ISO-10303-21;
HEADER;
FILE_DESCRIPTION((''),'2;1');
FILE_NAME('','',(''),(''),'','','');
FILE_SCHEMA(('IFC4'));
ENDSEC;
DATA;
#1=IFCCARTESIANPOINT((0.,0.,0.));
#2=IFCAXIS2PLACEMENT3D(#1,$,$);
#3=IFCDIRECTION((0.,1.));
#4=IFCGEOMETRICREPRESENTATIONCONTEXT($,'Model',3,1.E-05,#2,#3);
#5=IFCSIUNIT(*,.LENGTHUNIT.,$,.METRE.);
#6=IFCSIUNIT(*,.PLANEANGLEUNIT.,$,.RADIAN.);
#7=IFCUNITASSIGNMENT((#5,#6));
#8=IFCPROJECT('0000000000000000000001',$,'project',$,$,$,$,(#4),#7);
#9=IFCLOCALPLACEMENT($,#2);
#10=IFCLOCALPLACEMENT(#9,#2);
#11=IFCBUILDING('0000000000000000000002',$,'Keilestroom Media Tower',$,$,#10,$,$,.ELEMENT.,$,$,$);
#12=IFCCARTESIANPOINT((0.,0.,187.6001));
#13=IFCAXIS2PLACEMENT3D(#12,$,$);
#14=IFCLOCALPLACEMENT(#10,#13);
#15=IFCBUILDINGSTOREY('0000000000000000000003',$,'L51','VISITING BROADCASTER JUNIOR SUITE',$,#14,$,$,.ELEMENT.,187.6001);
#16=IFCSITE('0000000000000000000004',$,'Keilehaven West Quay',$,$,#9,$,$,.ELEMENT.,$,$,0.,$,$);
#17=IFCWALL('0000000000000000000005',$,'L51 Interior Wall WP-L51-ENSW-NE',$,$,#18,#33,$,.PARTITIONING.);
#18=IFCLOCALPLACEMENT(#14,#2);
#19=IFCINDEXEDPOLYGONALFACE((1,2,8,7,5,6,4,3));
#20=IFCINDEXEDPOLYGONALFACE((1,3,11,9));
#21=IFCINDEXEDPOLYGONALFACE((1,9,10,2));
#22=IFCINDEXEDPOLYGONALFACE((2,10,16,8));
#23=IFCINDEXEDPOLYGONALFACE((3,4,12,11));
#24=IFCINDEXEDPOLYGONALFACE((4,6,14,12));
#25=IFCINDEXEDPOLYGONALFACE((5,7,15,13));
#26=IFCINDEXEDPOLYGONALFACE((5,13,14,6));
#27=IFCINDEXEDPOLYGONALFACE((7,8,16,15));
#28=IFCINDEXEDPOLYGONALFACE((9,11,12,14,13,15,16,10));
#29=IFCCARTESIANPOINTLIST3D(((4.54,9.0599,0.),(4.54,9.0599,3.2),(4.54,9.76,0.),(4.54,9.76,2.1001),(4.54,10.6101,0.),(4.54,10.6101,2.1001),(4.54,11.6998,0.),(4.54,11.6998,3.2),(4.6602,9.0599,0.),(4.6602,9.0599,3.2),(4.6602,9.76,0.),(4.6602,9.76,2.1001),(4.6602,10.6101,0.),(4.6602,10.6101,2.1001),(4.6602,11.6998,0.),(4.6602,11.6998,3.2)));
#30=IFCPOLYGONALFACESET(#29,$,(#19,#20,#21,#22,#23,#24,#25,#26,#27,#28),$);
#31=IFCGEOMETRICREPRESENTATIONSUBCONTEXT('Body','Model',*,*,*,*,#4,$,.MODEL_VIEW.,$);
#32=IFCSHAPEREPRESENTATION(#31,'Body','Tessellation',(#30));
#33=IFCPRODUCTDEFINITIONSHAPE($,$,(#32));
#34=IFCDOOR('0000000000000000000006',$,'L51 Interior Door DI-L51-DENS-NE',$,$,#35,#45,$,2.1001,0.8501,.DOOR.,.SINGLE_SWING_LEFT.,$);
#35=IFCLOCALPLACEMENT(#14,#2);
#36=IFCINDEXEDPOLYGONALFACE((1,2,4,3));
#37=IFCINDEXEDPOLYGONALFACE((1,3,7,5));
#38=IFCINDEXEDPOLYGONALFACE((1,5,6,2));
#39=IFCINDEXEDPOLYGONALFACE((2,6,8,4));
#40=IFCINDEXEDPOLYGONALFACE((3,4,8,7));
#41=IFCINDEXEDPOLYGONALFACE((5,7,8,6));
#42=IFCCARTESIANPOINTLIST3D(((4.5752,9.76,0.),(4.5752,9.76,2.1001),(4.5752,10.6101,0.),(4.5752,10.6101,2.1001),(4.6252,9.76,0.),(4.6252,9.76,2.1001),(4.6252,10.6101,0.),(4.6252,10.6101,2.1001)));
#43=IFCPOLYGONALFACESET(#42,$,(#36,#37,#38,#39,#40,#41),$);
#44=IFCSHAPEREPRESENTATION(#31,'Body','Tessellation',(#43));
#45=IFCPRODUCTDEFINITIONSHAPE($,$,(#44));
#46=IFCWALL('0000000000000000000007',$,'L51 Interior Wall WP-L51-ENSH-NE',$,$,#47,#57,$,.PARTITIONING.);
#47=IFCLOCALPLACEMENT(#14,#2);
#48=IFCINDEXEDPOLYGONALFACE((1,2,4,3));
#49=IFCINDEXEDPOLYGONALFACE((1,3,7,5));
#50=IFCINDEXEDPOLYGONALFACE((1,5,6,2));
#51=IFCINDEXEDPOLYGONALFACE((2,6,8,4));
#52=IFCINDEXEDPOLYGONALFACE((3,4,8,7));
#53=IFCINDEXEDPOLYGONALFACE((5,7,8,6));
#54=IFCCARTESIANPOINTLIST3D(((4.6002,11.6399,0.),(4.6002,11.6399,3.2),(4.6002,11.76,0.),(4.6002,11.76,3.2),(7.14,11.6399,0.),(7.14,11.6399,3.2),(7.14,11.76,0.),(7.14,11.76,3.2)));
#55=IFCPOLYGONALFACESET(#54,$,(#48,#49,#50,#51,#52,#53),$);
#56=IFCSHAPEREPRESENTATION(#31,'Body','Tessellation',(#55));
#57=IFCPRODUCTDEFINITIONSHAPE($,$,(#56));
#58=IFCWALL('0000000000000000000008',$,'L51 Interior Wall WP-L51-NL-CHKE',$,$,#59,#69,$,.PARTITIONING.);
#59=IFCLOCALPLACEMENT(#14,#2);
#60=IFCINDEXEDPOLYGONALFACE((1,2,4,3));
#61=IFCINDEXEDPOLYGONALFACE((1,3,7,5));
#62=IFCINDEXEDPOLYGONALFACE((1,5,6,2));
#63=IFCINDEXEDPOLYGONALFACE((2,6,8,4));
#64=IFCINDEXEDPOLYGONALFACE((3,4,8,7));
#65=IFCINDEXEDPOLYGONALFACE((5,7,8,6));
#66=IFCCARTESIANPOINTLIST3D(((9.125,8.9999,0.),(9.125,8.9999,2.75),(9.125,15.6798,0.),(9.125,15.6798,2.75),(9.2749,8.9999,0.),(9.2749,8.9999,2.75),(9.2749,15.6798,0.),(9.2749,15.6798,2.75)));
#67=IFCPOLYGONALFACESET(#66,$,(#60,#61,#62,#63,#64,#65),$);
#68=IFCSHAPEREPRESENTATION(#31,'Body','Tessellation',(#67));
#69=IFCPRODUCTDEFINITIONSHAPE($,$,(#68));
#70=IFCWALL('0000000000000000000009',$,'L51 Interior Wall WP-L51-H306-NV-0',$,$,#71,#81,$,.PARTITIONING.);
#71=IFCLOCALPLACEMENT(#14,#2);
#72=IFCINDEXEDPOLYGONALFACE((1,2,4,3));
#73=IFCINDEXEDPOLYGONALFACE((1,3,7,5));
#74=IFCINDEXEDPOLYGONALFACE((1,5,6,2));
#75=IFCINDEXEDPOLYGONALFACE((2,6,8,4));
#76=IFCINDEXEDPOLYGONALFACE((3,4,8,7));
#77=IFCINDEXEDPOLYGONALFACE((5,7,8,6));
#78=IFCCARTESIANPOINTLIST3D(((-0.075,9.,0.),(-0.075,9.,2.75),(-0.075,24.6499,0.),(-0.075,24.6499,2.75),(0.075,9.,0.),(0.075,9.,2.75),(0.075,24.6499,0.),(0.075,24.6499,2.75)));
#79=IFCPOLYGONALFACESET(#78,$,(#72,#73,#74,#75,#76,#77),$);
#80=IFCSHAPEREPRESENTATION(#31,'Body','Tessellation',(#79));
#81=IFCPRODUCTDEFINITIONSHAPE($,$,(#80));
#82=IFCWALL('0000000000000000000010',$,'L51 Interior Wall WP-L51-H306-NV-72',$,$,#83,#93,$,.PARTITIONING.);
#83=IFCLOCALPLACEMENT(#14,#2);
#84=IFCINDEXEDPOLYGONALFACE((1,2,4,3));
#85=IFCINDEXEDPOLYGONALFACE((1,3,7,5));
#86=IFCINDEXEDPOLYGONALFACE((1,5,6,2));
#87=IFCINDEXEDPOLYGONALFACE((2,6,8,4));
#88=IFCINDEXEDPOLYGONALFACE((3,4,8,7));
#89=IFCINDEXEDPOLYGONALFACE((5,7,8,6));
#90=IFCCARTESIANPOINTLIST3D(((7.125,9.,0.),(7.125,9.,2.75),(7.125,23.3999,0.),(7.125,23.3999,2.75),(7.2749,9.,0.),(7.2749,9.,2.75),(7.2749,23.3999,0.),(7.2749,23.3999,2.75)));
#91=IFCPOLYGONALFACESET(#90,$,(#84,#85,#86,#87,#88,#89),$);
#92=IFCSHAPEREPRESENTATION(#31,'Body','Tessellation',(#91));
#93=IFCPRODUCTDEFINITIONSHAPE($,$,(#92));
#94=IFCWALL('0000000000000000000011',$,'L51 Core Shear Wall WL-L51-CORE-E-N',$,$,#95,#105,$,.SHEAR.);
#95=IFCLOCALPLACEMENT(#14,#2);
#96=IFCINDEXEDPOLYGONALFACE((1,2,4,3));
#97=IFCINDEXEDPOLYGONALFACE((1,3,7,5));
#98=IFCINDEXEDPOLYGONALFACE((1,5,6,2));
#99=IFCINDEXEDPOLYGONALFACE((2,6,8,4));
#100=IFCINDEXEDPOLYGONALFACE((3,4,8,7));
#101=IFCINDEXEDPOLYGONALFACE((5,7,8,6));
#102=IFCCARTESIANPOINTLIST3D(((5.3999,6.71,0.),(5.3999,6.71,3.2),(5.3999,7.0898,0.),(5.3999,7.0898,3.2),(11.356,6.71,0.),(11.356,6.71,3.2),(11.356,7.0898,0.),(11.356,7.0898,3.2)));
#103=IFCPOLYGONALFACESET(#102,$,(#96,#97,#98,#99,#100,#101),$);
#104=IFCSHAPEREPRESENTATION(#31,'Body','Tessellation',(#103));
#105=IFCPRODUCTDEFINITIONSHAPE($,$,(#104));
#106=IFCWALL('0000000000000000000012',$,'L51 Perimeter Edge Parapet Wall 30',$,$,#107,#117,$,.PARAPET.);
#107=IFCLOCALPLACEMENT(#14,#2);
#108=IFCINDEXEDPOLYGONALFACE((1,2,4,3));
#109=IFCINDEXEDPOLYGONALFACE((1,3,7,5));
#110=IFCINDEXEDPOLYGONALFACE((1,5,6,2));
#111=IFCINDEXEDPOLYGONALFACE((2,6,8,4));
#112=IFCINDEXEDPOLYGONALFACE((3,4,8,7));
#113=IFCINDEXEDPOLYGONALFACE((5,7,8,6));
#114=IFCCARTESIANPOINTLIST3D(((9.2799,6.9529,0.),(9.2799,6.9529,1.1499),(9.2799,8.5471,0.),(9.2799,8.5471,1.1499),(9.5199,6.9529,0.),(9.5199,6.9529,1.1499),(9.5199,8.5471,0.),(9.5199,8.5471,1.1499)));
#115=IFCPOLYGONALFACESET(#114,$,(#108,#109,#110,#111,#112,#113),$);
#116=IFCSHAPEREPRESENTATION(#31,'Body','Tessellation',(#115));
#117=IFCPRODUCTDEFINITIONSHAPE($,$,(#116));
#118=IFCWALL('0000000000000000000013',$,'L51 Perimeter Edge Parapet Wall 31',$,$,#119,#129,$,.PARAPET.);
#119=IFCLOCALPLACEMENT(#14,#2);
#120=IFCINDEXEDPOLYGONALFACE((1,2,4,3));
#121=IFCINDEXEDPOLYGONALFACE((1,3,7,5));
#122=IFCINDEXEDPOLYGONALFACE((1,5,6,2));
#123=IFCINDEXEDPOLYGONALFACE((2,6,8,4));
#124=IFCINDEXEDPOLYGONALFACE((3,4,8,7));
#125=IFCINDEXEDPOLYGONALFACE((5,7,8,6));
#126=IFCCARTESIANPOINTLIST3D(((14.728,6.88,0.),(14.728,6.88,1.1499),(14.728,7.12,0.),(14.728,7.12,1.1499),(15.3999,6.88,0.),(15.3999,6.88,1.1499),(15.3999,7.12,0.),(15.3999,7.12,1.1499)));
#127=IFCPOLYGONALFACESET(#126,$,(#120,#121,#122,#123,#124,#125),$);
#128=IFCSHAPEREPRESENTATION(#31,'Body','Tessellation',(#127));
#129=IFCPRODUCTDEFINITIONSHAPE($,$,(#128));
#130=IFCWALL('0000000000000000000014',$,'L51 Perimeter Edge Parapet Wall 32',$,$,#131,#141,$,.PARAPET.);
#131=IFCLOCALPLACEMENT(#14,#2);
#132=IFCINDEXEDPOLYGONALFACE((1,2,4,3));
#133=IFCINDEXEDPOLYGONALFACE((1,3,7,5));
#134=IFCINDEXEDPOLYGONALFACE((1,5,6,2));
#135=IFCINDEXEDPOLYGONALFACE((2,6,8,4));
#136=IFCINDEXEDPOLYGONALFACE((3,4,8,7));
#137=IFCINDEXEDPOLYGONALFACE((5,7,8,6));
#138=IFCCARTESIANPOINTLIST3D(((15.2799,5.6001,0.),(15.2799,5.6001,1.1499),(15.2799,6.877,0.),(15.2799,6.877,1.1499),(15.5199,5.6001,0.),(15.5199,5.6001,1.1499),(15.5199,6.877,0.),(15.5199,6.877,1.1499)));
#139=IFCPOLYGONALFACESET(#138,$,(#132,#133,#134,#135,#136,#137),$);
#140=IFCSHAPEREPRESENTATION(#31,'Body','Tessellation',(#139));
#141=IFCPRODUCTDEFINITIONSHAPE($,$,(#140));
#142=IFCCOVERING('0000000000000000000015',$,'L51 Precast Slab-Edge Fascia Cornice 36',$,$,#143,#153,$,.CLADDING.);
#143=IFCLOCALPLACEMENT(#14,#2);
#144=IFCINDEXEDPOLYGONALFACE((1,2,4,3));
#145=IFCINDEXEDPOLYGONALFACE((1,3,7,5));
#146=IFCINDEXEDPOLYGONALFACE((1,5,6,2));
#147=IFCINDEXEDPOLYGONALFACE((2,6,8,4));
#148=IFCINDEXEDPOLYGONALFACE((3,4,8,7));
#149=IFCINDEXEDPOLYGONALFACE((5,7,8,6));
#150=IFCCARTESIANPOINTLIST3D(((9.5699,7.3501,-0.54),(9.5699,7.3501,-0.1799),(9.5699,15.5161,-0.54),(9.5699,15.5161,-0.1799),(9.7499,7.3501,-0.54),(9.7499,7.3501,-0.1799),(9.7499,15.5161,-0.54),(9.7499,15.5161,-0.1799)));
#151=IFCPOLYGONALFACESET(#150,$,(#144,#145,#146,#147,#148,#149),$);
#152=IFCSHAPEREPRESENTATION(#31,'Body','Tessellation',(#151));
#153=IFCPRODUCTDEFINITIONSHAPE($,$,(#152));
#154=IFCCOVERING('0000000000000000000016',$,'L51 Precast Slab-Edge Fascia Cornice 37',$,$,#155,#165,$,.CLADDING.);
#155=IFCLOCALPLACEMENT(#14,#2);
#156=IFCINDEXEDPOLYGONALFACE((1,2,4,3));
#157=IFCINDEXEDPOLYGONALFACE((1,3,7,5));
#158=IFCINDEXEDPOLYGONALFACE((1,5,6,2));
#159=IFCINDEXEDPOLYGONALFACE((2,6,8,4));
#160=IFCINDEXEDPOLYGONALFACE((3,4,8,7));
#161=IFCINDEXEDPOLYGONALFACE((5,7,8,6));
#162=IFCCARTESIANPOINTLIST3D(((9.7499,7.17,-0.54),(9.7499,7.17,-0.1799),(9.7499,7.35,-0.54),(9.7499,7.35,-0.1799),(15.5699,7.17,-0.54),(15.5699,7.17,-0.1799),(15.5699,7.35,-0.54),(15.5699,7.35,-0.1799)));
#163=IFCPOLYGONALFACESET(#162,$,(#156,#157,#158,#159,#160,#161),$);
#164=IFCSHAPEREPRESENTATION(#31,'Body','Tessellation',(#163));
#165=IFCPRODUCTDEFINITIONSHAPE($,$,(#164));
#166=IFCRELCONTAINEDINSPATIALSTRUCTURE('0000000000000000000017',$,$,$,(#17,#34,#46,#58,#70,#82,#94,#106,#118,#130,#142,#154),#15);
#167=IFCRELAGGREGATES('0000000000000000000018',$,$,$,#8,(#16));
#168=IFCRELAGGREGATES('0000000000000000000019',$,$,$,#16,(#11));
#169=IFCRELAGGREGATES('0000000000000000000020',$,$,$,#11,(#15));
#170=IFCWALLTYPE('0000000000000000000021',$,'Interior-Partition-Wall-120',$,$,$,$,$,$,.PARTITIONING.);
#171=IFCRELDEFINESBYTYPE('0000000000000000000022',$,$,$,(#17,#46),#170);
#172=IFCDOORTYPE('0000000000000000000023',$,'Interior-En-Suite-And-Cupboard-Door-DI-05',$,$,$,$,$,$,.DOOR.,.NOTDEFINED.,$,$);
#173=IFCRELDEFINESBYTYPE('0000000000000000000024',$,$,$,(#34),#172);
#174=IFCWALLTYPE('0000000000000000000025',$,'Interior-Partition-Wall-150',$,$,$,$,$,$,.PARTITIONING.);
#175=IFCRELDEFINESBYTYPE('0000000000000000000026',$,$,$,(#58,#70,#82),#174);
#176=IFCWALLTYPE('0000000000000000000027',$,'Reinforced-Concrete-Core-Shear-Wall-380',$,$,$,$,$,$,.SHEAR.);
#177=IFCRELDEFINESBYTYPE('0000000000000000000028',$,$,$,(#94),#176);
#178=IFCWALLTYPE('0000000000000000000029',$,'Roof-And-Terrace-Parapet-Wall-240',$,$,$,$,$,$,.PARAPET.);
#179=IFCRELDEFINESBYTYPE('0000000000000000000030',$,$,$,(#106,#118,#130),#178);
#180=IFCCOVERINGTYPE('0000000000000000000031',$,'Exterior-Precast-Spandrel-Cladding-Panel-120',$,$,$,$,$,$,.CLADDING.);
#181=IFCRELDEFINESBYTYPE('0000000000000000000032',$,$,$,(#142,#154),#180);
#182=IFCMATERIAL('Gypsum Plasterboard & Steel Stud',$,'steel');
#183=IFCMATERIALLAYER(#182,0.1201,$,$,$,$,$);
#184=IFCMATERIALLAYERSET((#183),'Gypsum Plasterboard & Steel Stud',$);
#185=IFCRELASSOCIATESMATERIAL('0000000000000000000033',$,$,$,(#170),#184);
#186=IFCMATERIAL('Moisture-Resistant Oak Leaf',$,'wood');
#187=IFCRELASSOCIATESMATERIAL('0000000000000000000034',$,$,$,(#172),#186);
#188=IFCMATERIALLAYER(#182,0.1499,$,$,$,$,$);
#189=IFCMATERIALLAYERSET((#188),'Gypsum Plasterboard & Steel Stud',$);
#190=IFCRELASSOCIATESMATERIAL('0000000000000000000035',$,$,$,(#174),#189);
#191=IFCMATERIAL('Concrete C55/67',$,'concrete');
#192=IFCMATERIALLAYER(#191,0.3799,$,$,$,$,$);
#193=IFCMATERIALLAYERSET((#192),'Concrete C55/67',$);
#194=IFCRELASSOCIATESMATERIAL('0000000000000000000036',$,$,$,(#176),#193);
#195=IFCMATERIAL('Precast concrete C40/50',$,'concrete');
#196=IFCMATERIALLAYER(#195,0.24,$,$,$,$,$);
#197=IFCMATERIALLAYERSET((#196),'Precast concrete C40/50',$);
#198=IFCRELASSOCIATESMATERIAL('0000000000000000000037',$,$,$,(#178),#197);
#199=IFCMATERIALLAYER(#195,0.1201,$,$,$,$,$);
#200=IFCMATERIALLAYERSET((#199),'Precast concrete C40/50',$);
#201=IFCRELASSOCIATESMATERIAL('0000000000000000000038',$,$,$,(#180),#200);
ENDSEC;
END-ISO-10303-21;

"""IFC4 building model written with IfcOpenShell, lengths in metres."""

from ifc_helpers import new_model, si_unit, direction, frame, frame_2d, origin, origin_2d, place, context, subcontext, project, spatial, rectangle, extrude, source, transform, mapped, material, layer, layer_set, type_object, element, fill, save


model = new_model("IFC4")

# Units and contexts
model_context = context("Model", 3, precision=1e-05, world=origin(), true_north=direction((0.0, 1.0)))
body_context = subcontext(model_context, "Body", "Model", "MODEL_VIEW")
ifc_project = project(units=[si_unit("LENGTHUNIT", "METRE"), si_unit("PLANEANGLEUNIT", "RADIAN")], contexts=[model_context])

# Site, building, storey
site_placement = place(None, origin())
site = spatial("IfcSite", under=ifc_project, at=site_placement, Name="Keilehaven West Quay", CompositionType="ELEMENT", RefElevation=0.0)
building_placement = place(site_placement, origin())
building = spatial("IfcBuilding", under=site, at=building_placement, Name="Keilestroom Media Tower", CompositionType="ELEMENT")
storey_placement = place(building_placement, frame((0.0, 0.0, 187.6001)))
storey = spatial("IfcBuildingStorey", under=building, at=storey_placement, Name="L51", Description="VISITING BROADCASTER JUNIOR SUITE", CompositionType="ELEMENT", Elevation=187.6001)

# Shared definitions
ifc_material_1 = material(Name="Precast concrete C40/50", Category="concrete")
ifc_material_2 = material(Name="Concrete C55/67", Category="concrete")

# Wall, opening, door
ifc_material_3 = material(Name="Gypsum Plasterboard & Steel Stud", Category="steel")
ifc_layer_1 = layer(ifc_material_3, 0.1201)
ifc_layer_set_1 = layer_set([ifc_layer_1], Name="Gypsum Plasterboard & Steel Stud")
wall_type_1 = type_object("IfcWallType", Name="Interior-Partition-Wall-120", PredefinedType="PARTITIONING", material=ifc_layer_set_1)
wall_1_placement = place(storey_placement, frame((4.6001, 9.0601, 0.0), z_axis=(0.0, 0.0, 1.0), x_axis=(0.0, 1.0, 0.0)))
wall_1 = element("IfcWall", 1, at=wall_1_placement, inside=storey, type_object=wall_type_1, Name="L51 Interior Wall WP-L51-ENSW-NE", PredefinedType="PARTITIONING", context=body_context, shape_type="SweptSolid", body=[
    extrude(rectangle(XDim=2.6399, YDim=0.1201, at=frame_2d((1.3198, 0.0))), origin(), (0.0, 0.0, 1.0), 3.2),
])
opening_placement = place(wall_1_placement, frame((0.7, 0.0, 0.0)))
opening = element("IfcOpeningElement", 2, at=opening_placement, cuts=wall_1, PredefinedType="OPENING", context=body_context, shape_type="SweptSolid", body=[
    extrude(rectangle(XDim=0.8501, YDim=2.1001, at=frame_2d((0.425, 1.05))), frame((0.0, 0.0701, 0.0), z_axis=(0.0, -1.0, 0.0), x_axis=(1.0, 0.0, 0.0)), (0.0, 0.0, 1.0), 0.1401),
])
ifc_material_4 = material(Name="Moisture-Resistant Oak Leaf", Category="wood")
door_type = type_object("IfcDoorType", Name="Interior-En-Suite-And-Cupboard-Door-DI-05", OperationType="NOTDEFINED", PredefinedType="DOOR", material=ifc_material_4)
shared_shape_1 = source(origin(), body_context, "Body", "SweptSolid", [
    extrude(rectangle(XDim=0.8501, YDim=2.1001, at=frame_2d((0.425, 1.05))), frame((0.0, 0.0249, 0.0), z_axis=(0.0, -1.0, 0.0), x_axis=(1.0, 0.0, 0.0)), (0.0, 0.0, 1.0), 0.05),
])
door_placement = place(opening_placement, origin())
door = element("IfcDoor", 3, at=door_placement, inside=storey, type_object=door_type, Name="L51 Interior Door DI-L51-DENS-NE", OperationType="SINGLE_SWING_LEFT", OverallHeight=2.1001, OverallWidth=0.8501, PredefinedType="DOOR", context=body_context, shape_type="MappedRepresentation", body=[
    mapped(shared_shape_1, transform((0.0, 0.0, 0.0), x_axis=(1.0, 0.0, 0.0), y_axis=(0.0, 1.0, 0.0), z_axis=(0.0, 0.0, 1.0), scale=1.0)),
])
fill(opening, door)

# Walls
wall_2_placement = place(storey_placement, frame((4.6001, 11.7, 0.0), z_axis=(0.0, 0.0, 1.0), x_axis=(1.0, 0.0, 0.0)))
element("IfcWall", 4, at=wall_2_placement, inside=storey, type_object=wall_type_1, Name="L51 Interior Wall WP-L51-ENSH-NE", PredefinedType="PARTITIONING", context=body_context, shape_type="SweptSolid", body=[
    extrude(rectangle(XDim=2.5398, YDim=0.1201, at=frame_2d((1.27, 0.0))), origin(), (0.0, 0.0, 1.0), 3.2),
])
ifc_layer_2 = layer(ifc_material_3, 0.1499)
ifc_layer_set_2 = layer_set([ifc_layer_2], Name="Gypsum Plasterboard & Steel Stud")
wall_type_2 = type_object("IfcWallType", Name="Interior-Partition-Wall-150", PredefinedType="PARTITIONING", material=ifc_layer_set_2)
wall_3_placement = place(storey_placement, frame((9.2, 9.0, 0.0), z_axis=(0.0, 0.0, 1.0), x_axis=(0.0, 1.0, 0.0)))
element("IfcWall", 5, at=wall_3_placement, inside=storey, type_object=wall_type_2, Name="L51 Interior Wall WP-L51-NL-CHKE", PredefinedType="PARTITIONING", context=body_context, shape_type="SweptSolid", body=[
    extrude(rectangle(XDim=6.6799, YDim=0.1499, at=frame_2d((3.3398, 0.0))), origin(), (0.0, 0.0, 1.0), 2.75),
])
wall_4_placement = place(storey_placement, frame((0.0, 9.0, 0.0), z_axis=(0.0, 0.0, 1.0), x_axis=(0.0, 1.0, 0.0)))
element("IfcWall", 6, at=wall_4_placement, inside=storey, type_object=wall_type_2, Name="L51 Interior Wall WP-L51-H306-NV-0", PredefinedType="PARTITIONING", context=body_context, shape_type="SweptSolid", body=[
    extrude(rectangle(XDim=15.6499, YDim=0.1499, at=frame_2d((7.825, 0.0))), origin(), (0.0, 0.0, 1.0), 2.75),
])
wall_5_placement = place(storey_placement, frame((7.2, 9.0, 0.0), z_axis=(0.0, 0.0, 1.0), x_axis=(0.0, 1.0, 0.0)))
element("IfcWall", 7, at=wall_5_placement, inside=storey, type_object=wall_type_2, Name="L51 Interior Wall WP-L51-H306-NV-72", PredefinedType="PARTITIONING", context=body_context, shape_type="SweptSolid", body=[
    extrude(rectangle(XDim=14.3999, YDim=0.1499, at=frame_2d((7.2, 0.0))), origin(), (0.0, 0.0, 1.0), 2.75),
])
ifc_layer_3 = layer(ifc_material_2, 0.3799)
ifc_layer_set_3 = layer_set([ifc_layer_3], Name="Concrete C55/67")
wall_type_3 = type_object("IfcWallType", Name="Reinforced-Concrete-Core-Shear-Wall-380", PredefinedType="SHEAR", material=ifc_layer_set_3)
wall_6_placement = place(storey_placement, frame((5.3999, 6.8999, 0.0), z_axis=(0.0, 0.0, 1.0), x_axis=(1.0, 0.0, 0.0)))
element("IfcWall", 8, at=wall_6_placement, inside=storey, type_object=wall_type_3, Name="L51 Core Shear Wall WL-L51-CORE-E-N", PredefinedType="SHEAR", context=body_context, shape_type="SweptSolid", body=[
    extrude(rectangle(XDim=5.9561, YDim=0.3799, at=frame_2d((2.978, 0.0))), origin(), (0.0, 0.0, 1.0), 3.2),
])
ifc_layer_4 = layer(ifc_material_1, 0.24)
ifc_layer_set_4 = layer_set([ifc_layer_4], Name="Precast concrete C40/50")
wall_type_4 = type_object("IfcWallType", Name="Roof-And-Terrace-Parapet-Wall-240", PredefinedType="PARAPET", material=ifc_layer_set_4)
wall_7_placement = place(storey_placement, frame((9.3999, 8.5471, 0.0), z_axis=(0.0, 0.0, 1.0), x_axis=(0.0, -1.0, 0.0)))
element("IfcWall", 9, at=wall_7_placement, inside=storey, type_object=wall_type_4, Name="L51 Perimeter Edge Parapet Wall 30", PredefinedType="PARAPET", context=body_context, shape_type="SweptSolid", body=[
    extrude(rectangle(XDim=1.5942, YDim=0.24, at=frame_2d((0.7971, 0.0))), origin(), (0.0, 0.0, 1.0), 1.1499),
])
wall_8_placement = place(storey_placement, frame((14.728, 7.0, 0.0), z_axis=(0.0, 0.0, 1.0), x_axis=(1.0, 0.0, 0.0)))
element("IfcWall", 10, at=wall_8_placement, inside=storey, type_object=wall_type_4, Name="L51 Perimeter Edge Parapet Wall 31", PredefinedType="PARAPET", context=body_context, shape_type="SweptSolid", body=[
    extrude(rectangle(XDim=0.6719, YDim=0.24, at=frame_2d((0.3359, 0.0))), origin(), (0.0, 0.0, 1.0), 1.1499),
])
wall_9_placement = place(storey_placement, frame((15.3999, 6.877, 0.0), z_axis=(0.0, 0.0, 1.0), x_axis=(0.0, -1.0, 0.0)))
element("IfcWall", 11, at=wall_9_placement, inside=storey, type_object=wall_type_4, Name="L51 Perimeter Edge Parapet Wall 32", PredefinedType="PARAPET", context=body_context, shape_type="SweptSolid", body=[
    extrude(rectangle(XDim=1.2769, YDim=0.24, at=frame_2d((0.6384, 0.0))), origin(), (0.0, 0.0, 1.0), 1.1499),
])

# Coverings
ifc_layer_5 = layer(ifc_material_1, 0.1201)
ifc_layer_set_5 = layer_set([ifc_layer_5], Name="Precast concrete C40/50")
covering_type = type_object("IfcCoveringType", Name="Exterior-Precast-Spandrel-Cladding-Panel-120", PredefinedType="CLADDING", material=ifc_layer_set_5)
shared_shape_2 = source(origin(), body_context, "Body", "SweptSolid", [
    extrude(rectangle(XDim=8.166, YDim=0.1799, at=origin_2d()), origin(), (0.0, 0.0, 1.0), 0.3601),
])
covering_1_placement = place(storey_placement, frame((9.6599, 11.4331, -0.54), z_axis=(0.0, 0.0, 1.0), x_axis=(0.0, -1.0, 0.0)))
element("IfcCovering", 12, at=covering_1_placement, inside=storey, type_object=covering_type, Name="L51 Precast Slab-Edge Fascia Cornice 36", PredefinedType="CLADDING", context=body_context, shape_type="MappedRepresentation", body=[
    mapped(shared_shape_2, transform((0.0, 0.0, 0.0), x_axis=(1.0, 0.0, 0.0), y_axis=(0.0, 1.0, 0.0), z_axis=(0.0, 0.0, 1.0), scale=1.0)),
])
shared_shape_3 = source(origin(), body_context, "Body", "SweptSolid", [
    extrude(rectangle(XDim=5.8201, YDim=0.1799, at=origin_2d()), origin(), (0.0, 0.0, 1.0), 0.3601),
])
covering_2_placement = place(storey_placement, frame((12.6599, 7.26, -0.54), z_axis=(0.0, 0.0, 1.0), x_axis=(1.0, 0.0, 0.0)))
element("IfcCovering", 13, at=covering_2_placement, inside=storey, type_object=covering_type, Name="L51 Precast Slab-Edge Fascia Cornice 37", PredefinedType="CLADDING", context=body_context, shape_type="MappedRepresentation", body=[
    mapped(shared_shape_3, transform((0.0, 0.0, 0.0), x_axis=(1.0, 0.0, 0.0), y_axis=(0.0, 1.0, 0.0), z_axis=(0.0, 0.0, 1.0), scale=1.0)),
])

save(model, "model.ifc")
